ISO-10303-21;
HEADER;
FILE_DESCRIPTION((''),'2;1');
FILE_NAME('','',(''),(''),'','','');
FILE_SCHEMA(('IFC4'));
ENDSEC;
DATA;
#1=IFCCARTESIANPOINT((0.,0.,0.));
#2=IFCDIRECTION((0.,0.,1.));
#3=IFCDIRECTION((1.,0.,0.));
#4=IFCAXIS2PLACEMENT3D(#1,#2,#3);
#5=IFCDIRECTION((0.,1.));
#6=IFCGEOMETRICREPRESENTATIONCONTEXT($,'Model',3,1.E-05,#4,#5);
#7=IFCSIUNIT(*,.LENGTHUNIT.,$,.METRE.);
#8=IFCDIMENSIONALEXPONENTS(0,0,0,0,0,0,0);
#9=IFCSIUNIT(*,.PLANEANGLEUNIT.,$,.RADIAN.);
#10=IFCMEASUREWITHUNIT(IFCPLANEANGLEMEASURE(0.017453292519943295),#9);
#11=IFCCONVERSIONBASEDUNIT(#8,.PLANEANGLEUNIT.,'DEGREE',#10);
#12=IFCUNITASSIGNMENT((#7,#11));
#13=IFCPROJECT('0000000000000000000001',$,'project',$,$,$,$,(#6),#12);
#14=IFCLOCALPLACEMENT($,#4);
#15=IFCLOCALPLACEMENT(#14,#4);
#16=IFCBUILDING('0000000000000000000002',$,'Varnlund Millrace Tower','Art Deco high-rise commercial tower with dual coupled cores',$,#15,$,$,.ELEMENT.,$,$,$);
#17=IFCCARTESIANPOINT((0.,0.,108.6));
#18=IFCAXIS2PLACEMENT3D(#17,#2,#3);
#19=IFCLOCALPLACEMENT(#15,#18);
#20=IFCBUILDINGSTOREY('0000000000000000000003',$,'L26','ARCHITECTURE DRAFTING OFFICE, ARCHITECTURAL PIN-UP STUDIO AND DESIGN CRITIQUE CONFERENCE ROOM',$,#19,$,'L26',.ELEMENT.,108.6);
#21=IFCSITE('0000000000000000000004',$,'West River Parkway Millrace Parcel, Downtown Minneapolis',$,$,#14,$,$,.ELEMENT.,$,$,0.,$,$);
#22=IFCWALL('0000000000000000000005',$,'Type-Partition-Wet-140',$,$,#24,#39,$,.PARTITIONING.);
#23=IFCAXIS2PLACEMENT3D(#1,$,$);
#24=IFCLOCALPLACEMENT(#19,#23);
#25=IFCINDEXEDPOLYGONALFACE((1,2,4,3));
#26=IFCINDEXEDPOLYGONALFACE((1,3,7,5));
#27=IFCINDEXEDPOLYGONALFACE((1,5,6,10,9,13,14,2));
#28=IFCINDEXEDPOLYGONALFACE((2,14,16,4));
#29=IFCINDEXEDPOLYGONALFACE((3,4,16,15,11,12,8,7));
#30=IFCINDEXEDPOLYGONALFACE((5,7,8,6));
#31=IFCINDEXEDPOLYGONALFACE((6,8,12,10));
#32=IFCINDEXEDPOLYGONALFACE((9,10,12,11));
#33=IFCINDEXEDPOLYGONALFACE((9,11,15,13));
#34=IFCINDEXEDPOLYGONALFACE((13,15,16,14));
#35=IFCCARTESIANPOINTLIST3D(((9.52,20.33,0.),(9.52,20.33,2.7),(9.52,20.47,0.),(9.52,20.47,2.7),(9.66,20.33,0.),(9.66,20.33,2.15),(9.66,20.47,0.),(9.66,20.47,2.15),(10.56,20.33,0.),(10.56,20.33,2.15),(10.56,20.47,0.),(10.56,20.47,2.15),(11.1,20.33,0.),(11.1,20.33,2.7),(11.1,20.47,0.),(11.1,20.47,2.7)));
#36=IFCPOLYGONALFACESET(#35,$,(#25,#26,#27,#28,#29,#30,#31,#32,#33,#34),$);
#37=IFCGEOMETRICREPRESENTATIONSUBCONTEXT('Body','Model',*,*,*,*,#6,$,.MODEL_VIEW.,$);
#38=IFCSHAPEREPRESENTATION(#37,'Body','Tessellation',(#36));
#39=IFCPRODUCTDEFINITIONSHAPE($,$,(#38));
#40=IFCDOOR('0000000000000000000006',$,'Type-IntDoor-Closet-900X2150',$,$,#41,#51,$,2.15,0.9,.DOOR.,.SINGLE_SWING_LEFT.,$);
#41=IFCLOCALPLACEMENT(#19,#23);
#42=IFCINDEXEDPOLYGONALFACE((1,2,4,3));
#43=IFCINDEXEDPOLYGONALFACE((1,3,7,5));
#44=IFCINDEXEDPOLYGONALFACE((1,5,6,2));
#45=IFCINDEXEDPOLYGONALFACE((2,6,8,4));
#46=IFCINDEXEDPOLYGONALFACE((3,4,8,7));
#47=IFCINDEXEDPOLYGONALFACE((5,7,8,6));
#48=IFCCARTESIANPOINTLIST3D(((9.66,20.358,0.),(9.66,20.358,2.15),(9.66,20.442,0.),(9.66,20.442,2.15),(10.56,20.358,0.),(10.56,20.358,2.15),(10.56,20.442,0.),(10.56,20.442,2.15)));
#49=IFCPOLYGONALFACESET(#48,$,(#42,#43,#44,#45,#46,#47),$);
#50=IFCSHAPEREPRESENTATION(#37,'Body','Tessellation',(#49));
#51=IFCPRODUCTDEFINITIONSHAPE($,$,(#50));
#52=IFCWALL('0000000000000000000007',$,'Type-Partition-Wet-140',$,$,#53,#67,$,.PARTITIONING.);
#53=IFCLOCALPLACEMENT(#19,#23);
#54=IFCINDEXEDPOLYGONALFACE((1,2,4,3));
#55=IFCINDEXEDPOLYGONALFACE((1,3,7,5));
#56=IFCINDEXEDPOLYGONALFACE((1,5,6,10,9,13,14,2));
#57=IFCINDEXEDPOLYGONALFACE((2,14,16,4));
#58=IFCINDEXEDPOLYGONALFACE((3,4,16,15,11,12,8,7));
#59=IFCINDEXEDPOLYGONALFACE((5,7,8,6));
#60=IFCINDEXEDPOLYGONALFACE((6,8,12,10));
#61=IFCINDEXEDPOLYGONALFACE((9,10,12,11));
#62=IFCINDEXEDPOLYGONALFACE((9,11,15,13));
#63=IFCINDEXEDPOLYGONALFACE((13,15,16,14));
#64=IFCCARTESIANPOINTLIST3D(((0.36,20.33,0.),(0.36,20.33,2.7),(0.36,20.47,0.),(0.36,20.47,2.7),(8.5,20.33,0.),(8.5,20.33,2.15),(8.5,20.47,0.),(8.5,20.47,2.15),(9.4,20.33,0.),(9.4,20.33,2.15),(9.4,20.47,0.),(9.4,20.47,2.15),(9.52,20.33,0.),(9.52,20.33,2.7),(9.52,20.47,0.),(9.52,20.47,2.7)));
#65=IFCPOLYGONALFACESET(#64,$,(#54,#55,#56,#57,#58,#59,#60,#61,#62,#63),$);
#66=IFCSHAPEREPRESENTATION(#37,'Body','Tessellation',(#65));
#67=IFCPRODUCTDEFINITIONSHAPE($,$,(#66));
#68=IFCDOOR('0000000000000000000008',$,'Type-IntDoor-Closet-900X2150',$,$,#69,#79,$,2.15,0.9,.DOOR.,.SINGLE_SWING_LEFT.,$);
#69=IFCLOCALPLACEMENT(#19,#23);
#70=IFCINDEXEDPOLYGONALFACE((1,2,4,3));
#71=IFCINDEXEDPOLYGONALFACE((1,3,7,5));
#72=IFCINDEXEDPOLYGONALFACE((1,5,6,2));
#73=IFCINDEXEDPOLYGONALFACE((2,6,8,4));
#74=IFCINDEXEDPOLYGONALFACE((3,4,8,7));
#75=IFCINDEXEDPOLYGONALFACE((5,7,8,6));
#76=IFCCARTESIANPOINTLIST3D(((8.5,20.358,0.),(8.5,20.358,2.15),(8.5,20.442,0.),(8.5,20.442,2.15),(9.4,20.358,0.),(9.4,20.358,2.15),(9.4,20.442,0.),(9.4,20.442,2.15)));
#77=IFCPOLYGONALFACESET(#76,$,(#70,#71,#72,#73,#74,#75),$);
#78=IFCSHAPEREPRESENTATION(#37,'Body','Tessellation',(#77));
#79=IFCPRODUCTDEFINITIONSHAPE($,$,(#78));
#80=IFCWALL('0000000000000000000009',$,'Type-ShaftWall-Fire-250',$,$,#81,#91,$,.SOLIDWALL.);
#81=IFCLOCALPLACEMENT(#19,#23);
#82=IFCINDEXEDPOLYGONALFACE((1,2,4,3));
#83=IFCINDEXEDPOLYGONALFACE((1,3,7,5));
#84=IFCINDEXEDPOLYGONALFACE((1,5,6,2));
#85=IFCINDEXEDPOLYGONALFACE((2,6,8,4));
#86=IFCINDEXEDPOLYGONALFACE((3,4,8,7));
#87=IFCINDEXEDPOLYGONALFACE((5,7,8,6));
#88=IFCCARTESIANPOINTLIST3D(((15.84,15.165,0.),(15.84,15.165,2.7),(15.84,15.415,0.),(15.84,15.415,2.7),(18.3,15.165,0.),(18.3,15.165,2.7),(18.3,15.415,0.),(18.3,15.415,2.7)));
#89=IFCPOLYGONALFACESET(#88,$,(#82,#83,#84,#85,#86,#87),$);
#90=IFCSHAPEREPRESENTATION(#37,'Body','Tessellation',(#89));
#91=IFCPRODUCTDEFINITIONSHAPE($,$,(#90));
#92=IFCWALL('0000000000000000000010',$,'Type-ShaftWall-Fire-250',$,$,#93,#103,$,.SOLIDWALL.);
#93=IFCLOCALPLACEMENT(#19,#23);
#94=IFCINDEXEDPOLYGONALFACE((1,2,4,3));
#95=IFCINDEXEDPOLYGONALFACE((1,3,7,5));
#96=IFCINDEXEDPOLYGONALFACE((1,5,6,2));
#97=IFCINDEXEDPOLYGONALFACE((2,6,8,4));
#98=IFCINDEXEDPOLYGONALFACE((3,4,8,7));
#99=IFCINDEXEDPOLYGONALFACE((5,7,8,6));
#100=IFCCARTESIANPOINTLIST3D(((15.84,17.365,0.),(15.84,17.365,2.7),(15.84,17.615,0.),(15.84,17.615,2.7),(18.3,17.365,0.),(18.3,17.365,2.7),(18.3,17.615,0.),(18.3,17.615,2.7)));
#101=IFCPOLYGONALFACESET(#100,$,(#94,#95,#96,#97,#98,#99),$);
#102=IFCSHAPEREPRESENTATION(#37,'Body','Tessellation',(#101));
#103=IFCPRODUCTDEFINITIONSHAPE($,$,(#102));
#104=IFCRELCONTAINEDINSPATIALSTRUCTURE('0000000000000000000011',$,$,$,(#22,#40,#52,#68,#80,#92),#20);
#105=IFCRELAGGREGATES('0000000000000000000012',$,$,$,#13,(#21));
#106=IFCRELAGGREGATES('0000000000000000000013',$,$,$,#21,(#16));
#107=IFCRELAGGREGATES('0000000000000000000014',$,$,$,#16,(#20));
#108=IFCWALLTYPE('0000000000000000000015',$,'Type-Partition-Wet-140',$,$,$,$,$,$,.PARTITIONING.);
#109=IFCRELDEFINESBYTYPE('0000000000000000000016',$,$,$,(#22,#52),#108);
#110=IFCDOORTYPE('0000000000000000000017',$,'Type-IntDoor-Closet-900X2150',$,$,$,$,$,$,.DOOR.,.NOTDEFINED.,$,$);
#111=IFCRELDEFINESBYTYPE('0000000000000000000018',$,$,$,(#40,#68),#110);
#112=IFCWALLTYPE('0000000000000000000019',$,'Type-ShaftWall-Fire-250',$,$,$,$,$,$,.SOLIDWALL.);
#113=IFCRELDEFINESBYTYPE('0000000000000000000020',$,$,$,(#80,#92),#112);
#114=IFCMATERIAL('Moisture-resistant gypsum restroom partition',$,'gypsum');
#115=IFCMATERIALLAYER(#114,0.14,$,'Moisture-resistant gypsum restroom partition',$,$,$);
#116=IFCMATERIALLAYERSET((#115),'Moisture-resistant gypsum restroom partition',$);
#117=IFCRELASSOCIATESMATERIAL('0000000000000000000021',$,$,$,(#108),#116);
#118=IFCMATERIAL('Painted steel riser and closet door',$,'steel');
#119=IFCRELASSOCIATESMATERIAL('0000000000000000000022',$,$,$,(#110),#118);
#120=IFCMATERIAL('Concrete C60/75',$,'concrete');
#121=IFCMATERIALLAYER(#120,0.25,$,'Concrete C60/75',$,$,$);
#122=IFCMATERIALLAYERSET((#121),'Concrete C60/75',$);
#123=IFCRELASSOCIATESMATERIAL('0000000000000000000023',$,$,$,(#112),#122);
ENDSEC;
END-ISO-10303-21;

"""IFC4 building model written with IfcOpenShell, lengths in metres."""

from ifc_helpers import new_model, entity, si_unit, converted_unit, direction, frame, origin_with_axes, origin_2d_with_axis, place, context, subcontext, project, spatial, polyline, rectangle, outline, extrude, material, layer, layer_set, type_object, element, fill, save


model = new_model("IFC4")

# Units and contexts
model_context = context("Model", 3, precision=1e-05, world=origin_with_axes(), true_north=direction((0.0, 1.0)))
body_context = subcontext(model_context, "Body", "Model", "MODEL_VIEW")
ifc_project = project(units=[si_unit("LENGTHUNIT", "METRE"), converted_unit("PLANEANGLEUNIT", "DEGREE", entity("IfcPlaneAngleMeasure", 0.017453292519943295), si_unit("PLANEANGLEUNIT", "RADIAN"), dimensions=[0, 0, 0, 0, 0, 0, 0])], contexts=[model_context])

# Site, building, storey
site_placement = place(None, origin_with_axes())
site = spatial("IfcSite", under=ifc_project, at=site_placement, Name="West River Parkway Millrace Parcel, Downtown Minneapolis", CompositionType="ELEMENT", RefElevation=0.0)
building_placement = place(site_placement, origin_with_axes())
building = spatial("IfcBuilding", under=site, at=building_placement, Name="Varnlund Millrace Tower", Description="Art Deco high-rise commercial tower with dual coupled cores", CompositionType="ELEMENT")
storey_placement = place(building_placement, frame((0.0, 0.0, 108.6), z_axis=(0.0, 0.0, 1.0), x_axis=(1.0, 0.0, 0.0)))
storey = spatial("IfcBuildingStorey", under=building, at=storey_placement, Name="L26", Description="ARCHITECTURE DRAFTING OFFICE, ARCHITECTURAL PIN-UP STUDIO AND DESIGN CRITIQUE CONFERENCE ROOM", LongName="L26", CompositionType="ELEMENT", Elevation=108.6)

# Shared definitions
ifc_material_1 = material(Name="Moisture-resistant gypsum restroom partition", Category="gypsum")
ifc_layer_1 = layer(ifc_material_1, 0.14, Name="Moisture-resistant gypsum restroom partition")
ifc_layer_set_1 = layer_set([ifc_layer_1], Name="Moisture-resistant gypsum restroom partition")
wall_type_1 = type_object("IfcWallType", Name="Type-Partition-Wet-140", PredefinedType="PARTITIONING", material=ifc_layer_set_1)

# Walls, openings, doors
wall_1_placement = place(storey_placement, frame((9.52, 20.4, 0.0), z_axis=(0.0, 0.0, 1.0), x_axis=(1.0, 0.0, 0.0)))
wall_1 = element("IfcWall", 1, at=wall_1_placement, inside=storey, type_object=wall_type_1, Name="Type-Partition-Wet-140", PredefinedType="PARTITIONING", context=body_context, shape_type="SweptSolid", body=[
    extrude(outline(polyline([(0.0, -0.07), (1.58, -0.07), (1.58, 0.07), (0.0, 0.07), (0.0, -0.07)])), origin_with_axes(), (0.0, 0.0, 1.0), 2.7),
])
opening_1_placement = place(wall_1_placement, frame((0.59, 0.0, 0.0), z_axis=(0.0, 0.0, 1.0), x_axis=(1.0, 0.0, 0.0)))
opening_1 = element("IfcOpeningElement", 2, at=opening_1_placement, cuts=wall_1, PredefinedType="OPENING", context=body_context, shape_type="SweptSolid", body=[
    extrude(rectangle(XDim=0.9, YDim=0.16, at=origin_2d_with_axis()), origin_with_axes(), (0.0, 0.0, 1.0), 2.15),
])
ifc_material_2 = material(Name="Painted steel riser and closet door", Category="steel")
door_type_1 = type_object("IfcDoorType", Name="Type-IntDoor-Closet-900X2150", OperationType="NOTDEFINED", PredefinedType="DOOR", material=ifc_material_2)
door_1_placement = place(wall_1_placement, frame((0.59, 0.0, 0.0), z_axis=(0.0, 0.0, 1.0), x_axis=(1.0, 0.0, 0.0)))
door_1 = element("IfcDoor", 3, at=door_1_placement, inside=storey, type_object=door_type_1, Name="Type-IntDoor-Closet-900X2150", OperationType="SINGLE_SWING_LEFT", OverallHeight=2.15, OverallWidth=0.9, PredefinedType="DOOR", context=body_context, shape_type="SweptSolid", body=[
    extrude(rectangle(XDim=0.9, YDim=0.084, at=origin_2d_with_axis()), origin_with_axes(), (0.0, 0.0, 1.0), 2.15),
])
fill(opening_1, door_1)
wall_2_placement = place(storey_placement, frame((0.36, 20.4, 0.0), z_axis=(0.0, 0.0, 1.0), x_axis=(1.0, 0.0, 0.0)))
wall_2 = element("IfcWall", 4, at=wall_2_placement, inside=storey, type_object=wall_type_1, Name="Type-Partition-Wet-140", PredefinedType="PARTITIONING", context=body_context, shape_type="SweptSolid", body=[
    extrude(outline(polyline([(0.0, -0.07), (9.16, -0.07), (9.16, 0.07), (0.0, 0.07), (0.0, -0.07)])), origin_with_axes(), (0.0, 0.0, 1.0), 2.7),
])
opening_2_placement = place(wall_2_placement, frame((8.59, 0.0, 0.0), z_axis=(0.0, 0.0, 1.0), x_axis=(1.0, 0.0, 0.0)))
opening_2 = element("IfcOpeningElement", 5, at=opening_2_placement, cuts=wall_2, PredefinedType="OPENING", context=body_context, shape_type="SweptSolid", body=[
    extrude(rectangle(XDim=0.9, YDim=0.16, at=origin_2d_with_axis()), origin_with_axes(), (0.0, 0.0, 1.0), 2.15),
])
door_2_placement = place(wall_2_placement, frame((8.59, 0.0, 0.0), z_axis=(0.0, 0.0, 1.0), x_axis=(1.0, 0.0, 0.0)))
door_2 = element("IfcDoor", 6, at=door_2_placement, inside=storey, type_object=door_type_1, Name="Type-IntDoor-Closet-900X2150", OperationType="SINGLE_SWING_LEFT", OverallHeight=2.15, OverallWidth=0.9, PredefinedType="DOOR", context=body_context, shape_type="SweptSolid", body=[
    extrude(rectangle(XDim=0.9, YDim=0.084, at=origin_2d_with_axis()), origin_with_axes(), (0.0, 0.0, 1.0), 2.15),
])
fill(opening_2, door_2)

# Walls
ifc_material_3 = material(Name="Concrete C60/75", Category="concrete")
ifc_layer_2 = layer(ifc_material_3, 0.25, Name="Concrete C60/75")
ifc_layer_set_2 = layer_set([ifc_layer_2], Name="Concrete C60/75")
wall_type_2 = type_object("IfcWallType", Name="Type-ShaftWall-Fire-250", PredefinedType="SOLIDWALL", material=ifc_layer_set_2)
for number, where, z_axis, x_axis, name in (
    (7, (15.84, 15.29, 0.0), (0.0, 0.0, 1.0), (1.0, 0.0, 0.0), "Type-ShaftWall-Fire-250"),
    (8, (15.84, 17.49, 0.0), (0.0, 0.0, 1.0), (1.0, 0.0, 0.0), "Type-ShaftWall-Fire-250"),
):
    element("IfcWall", number, at=place(storey_placement, frame(where, z_axis=z_axis, x_axis=x_axis)), inside=storey, type_object=wall_type_2, Name=name, PredefinedType="SOLIDWALL", context=body_context, shape_type="SweptSolid", body=[
        extrude(outline(polyline([(0.0, -0.125), (2.46, -0.125), (2.46, 0.125), (0.0, 0.125), (0.0, -0.125)])), origin_with_axes(), (0.0, 0.0, 1.0), 2.7),
    ])

save(model, "model.ifc")
